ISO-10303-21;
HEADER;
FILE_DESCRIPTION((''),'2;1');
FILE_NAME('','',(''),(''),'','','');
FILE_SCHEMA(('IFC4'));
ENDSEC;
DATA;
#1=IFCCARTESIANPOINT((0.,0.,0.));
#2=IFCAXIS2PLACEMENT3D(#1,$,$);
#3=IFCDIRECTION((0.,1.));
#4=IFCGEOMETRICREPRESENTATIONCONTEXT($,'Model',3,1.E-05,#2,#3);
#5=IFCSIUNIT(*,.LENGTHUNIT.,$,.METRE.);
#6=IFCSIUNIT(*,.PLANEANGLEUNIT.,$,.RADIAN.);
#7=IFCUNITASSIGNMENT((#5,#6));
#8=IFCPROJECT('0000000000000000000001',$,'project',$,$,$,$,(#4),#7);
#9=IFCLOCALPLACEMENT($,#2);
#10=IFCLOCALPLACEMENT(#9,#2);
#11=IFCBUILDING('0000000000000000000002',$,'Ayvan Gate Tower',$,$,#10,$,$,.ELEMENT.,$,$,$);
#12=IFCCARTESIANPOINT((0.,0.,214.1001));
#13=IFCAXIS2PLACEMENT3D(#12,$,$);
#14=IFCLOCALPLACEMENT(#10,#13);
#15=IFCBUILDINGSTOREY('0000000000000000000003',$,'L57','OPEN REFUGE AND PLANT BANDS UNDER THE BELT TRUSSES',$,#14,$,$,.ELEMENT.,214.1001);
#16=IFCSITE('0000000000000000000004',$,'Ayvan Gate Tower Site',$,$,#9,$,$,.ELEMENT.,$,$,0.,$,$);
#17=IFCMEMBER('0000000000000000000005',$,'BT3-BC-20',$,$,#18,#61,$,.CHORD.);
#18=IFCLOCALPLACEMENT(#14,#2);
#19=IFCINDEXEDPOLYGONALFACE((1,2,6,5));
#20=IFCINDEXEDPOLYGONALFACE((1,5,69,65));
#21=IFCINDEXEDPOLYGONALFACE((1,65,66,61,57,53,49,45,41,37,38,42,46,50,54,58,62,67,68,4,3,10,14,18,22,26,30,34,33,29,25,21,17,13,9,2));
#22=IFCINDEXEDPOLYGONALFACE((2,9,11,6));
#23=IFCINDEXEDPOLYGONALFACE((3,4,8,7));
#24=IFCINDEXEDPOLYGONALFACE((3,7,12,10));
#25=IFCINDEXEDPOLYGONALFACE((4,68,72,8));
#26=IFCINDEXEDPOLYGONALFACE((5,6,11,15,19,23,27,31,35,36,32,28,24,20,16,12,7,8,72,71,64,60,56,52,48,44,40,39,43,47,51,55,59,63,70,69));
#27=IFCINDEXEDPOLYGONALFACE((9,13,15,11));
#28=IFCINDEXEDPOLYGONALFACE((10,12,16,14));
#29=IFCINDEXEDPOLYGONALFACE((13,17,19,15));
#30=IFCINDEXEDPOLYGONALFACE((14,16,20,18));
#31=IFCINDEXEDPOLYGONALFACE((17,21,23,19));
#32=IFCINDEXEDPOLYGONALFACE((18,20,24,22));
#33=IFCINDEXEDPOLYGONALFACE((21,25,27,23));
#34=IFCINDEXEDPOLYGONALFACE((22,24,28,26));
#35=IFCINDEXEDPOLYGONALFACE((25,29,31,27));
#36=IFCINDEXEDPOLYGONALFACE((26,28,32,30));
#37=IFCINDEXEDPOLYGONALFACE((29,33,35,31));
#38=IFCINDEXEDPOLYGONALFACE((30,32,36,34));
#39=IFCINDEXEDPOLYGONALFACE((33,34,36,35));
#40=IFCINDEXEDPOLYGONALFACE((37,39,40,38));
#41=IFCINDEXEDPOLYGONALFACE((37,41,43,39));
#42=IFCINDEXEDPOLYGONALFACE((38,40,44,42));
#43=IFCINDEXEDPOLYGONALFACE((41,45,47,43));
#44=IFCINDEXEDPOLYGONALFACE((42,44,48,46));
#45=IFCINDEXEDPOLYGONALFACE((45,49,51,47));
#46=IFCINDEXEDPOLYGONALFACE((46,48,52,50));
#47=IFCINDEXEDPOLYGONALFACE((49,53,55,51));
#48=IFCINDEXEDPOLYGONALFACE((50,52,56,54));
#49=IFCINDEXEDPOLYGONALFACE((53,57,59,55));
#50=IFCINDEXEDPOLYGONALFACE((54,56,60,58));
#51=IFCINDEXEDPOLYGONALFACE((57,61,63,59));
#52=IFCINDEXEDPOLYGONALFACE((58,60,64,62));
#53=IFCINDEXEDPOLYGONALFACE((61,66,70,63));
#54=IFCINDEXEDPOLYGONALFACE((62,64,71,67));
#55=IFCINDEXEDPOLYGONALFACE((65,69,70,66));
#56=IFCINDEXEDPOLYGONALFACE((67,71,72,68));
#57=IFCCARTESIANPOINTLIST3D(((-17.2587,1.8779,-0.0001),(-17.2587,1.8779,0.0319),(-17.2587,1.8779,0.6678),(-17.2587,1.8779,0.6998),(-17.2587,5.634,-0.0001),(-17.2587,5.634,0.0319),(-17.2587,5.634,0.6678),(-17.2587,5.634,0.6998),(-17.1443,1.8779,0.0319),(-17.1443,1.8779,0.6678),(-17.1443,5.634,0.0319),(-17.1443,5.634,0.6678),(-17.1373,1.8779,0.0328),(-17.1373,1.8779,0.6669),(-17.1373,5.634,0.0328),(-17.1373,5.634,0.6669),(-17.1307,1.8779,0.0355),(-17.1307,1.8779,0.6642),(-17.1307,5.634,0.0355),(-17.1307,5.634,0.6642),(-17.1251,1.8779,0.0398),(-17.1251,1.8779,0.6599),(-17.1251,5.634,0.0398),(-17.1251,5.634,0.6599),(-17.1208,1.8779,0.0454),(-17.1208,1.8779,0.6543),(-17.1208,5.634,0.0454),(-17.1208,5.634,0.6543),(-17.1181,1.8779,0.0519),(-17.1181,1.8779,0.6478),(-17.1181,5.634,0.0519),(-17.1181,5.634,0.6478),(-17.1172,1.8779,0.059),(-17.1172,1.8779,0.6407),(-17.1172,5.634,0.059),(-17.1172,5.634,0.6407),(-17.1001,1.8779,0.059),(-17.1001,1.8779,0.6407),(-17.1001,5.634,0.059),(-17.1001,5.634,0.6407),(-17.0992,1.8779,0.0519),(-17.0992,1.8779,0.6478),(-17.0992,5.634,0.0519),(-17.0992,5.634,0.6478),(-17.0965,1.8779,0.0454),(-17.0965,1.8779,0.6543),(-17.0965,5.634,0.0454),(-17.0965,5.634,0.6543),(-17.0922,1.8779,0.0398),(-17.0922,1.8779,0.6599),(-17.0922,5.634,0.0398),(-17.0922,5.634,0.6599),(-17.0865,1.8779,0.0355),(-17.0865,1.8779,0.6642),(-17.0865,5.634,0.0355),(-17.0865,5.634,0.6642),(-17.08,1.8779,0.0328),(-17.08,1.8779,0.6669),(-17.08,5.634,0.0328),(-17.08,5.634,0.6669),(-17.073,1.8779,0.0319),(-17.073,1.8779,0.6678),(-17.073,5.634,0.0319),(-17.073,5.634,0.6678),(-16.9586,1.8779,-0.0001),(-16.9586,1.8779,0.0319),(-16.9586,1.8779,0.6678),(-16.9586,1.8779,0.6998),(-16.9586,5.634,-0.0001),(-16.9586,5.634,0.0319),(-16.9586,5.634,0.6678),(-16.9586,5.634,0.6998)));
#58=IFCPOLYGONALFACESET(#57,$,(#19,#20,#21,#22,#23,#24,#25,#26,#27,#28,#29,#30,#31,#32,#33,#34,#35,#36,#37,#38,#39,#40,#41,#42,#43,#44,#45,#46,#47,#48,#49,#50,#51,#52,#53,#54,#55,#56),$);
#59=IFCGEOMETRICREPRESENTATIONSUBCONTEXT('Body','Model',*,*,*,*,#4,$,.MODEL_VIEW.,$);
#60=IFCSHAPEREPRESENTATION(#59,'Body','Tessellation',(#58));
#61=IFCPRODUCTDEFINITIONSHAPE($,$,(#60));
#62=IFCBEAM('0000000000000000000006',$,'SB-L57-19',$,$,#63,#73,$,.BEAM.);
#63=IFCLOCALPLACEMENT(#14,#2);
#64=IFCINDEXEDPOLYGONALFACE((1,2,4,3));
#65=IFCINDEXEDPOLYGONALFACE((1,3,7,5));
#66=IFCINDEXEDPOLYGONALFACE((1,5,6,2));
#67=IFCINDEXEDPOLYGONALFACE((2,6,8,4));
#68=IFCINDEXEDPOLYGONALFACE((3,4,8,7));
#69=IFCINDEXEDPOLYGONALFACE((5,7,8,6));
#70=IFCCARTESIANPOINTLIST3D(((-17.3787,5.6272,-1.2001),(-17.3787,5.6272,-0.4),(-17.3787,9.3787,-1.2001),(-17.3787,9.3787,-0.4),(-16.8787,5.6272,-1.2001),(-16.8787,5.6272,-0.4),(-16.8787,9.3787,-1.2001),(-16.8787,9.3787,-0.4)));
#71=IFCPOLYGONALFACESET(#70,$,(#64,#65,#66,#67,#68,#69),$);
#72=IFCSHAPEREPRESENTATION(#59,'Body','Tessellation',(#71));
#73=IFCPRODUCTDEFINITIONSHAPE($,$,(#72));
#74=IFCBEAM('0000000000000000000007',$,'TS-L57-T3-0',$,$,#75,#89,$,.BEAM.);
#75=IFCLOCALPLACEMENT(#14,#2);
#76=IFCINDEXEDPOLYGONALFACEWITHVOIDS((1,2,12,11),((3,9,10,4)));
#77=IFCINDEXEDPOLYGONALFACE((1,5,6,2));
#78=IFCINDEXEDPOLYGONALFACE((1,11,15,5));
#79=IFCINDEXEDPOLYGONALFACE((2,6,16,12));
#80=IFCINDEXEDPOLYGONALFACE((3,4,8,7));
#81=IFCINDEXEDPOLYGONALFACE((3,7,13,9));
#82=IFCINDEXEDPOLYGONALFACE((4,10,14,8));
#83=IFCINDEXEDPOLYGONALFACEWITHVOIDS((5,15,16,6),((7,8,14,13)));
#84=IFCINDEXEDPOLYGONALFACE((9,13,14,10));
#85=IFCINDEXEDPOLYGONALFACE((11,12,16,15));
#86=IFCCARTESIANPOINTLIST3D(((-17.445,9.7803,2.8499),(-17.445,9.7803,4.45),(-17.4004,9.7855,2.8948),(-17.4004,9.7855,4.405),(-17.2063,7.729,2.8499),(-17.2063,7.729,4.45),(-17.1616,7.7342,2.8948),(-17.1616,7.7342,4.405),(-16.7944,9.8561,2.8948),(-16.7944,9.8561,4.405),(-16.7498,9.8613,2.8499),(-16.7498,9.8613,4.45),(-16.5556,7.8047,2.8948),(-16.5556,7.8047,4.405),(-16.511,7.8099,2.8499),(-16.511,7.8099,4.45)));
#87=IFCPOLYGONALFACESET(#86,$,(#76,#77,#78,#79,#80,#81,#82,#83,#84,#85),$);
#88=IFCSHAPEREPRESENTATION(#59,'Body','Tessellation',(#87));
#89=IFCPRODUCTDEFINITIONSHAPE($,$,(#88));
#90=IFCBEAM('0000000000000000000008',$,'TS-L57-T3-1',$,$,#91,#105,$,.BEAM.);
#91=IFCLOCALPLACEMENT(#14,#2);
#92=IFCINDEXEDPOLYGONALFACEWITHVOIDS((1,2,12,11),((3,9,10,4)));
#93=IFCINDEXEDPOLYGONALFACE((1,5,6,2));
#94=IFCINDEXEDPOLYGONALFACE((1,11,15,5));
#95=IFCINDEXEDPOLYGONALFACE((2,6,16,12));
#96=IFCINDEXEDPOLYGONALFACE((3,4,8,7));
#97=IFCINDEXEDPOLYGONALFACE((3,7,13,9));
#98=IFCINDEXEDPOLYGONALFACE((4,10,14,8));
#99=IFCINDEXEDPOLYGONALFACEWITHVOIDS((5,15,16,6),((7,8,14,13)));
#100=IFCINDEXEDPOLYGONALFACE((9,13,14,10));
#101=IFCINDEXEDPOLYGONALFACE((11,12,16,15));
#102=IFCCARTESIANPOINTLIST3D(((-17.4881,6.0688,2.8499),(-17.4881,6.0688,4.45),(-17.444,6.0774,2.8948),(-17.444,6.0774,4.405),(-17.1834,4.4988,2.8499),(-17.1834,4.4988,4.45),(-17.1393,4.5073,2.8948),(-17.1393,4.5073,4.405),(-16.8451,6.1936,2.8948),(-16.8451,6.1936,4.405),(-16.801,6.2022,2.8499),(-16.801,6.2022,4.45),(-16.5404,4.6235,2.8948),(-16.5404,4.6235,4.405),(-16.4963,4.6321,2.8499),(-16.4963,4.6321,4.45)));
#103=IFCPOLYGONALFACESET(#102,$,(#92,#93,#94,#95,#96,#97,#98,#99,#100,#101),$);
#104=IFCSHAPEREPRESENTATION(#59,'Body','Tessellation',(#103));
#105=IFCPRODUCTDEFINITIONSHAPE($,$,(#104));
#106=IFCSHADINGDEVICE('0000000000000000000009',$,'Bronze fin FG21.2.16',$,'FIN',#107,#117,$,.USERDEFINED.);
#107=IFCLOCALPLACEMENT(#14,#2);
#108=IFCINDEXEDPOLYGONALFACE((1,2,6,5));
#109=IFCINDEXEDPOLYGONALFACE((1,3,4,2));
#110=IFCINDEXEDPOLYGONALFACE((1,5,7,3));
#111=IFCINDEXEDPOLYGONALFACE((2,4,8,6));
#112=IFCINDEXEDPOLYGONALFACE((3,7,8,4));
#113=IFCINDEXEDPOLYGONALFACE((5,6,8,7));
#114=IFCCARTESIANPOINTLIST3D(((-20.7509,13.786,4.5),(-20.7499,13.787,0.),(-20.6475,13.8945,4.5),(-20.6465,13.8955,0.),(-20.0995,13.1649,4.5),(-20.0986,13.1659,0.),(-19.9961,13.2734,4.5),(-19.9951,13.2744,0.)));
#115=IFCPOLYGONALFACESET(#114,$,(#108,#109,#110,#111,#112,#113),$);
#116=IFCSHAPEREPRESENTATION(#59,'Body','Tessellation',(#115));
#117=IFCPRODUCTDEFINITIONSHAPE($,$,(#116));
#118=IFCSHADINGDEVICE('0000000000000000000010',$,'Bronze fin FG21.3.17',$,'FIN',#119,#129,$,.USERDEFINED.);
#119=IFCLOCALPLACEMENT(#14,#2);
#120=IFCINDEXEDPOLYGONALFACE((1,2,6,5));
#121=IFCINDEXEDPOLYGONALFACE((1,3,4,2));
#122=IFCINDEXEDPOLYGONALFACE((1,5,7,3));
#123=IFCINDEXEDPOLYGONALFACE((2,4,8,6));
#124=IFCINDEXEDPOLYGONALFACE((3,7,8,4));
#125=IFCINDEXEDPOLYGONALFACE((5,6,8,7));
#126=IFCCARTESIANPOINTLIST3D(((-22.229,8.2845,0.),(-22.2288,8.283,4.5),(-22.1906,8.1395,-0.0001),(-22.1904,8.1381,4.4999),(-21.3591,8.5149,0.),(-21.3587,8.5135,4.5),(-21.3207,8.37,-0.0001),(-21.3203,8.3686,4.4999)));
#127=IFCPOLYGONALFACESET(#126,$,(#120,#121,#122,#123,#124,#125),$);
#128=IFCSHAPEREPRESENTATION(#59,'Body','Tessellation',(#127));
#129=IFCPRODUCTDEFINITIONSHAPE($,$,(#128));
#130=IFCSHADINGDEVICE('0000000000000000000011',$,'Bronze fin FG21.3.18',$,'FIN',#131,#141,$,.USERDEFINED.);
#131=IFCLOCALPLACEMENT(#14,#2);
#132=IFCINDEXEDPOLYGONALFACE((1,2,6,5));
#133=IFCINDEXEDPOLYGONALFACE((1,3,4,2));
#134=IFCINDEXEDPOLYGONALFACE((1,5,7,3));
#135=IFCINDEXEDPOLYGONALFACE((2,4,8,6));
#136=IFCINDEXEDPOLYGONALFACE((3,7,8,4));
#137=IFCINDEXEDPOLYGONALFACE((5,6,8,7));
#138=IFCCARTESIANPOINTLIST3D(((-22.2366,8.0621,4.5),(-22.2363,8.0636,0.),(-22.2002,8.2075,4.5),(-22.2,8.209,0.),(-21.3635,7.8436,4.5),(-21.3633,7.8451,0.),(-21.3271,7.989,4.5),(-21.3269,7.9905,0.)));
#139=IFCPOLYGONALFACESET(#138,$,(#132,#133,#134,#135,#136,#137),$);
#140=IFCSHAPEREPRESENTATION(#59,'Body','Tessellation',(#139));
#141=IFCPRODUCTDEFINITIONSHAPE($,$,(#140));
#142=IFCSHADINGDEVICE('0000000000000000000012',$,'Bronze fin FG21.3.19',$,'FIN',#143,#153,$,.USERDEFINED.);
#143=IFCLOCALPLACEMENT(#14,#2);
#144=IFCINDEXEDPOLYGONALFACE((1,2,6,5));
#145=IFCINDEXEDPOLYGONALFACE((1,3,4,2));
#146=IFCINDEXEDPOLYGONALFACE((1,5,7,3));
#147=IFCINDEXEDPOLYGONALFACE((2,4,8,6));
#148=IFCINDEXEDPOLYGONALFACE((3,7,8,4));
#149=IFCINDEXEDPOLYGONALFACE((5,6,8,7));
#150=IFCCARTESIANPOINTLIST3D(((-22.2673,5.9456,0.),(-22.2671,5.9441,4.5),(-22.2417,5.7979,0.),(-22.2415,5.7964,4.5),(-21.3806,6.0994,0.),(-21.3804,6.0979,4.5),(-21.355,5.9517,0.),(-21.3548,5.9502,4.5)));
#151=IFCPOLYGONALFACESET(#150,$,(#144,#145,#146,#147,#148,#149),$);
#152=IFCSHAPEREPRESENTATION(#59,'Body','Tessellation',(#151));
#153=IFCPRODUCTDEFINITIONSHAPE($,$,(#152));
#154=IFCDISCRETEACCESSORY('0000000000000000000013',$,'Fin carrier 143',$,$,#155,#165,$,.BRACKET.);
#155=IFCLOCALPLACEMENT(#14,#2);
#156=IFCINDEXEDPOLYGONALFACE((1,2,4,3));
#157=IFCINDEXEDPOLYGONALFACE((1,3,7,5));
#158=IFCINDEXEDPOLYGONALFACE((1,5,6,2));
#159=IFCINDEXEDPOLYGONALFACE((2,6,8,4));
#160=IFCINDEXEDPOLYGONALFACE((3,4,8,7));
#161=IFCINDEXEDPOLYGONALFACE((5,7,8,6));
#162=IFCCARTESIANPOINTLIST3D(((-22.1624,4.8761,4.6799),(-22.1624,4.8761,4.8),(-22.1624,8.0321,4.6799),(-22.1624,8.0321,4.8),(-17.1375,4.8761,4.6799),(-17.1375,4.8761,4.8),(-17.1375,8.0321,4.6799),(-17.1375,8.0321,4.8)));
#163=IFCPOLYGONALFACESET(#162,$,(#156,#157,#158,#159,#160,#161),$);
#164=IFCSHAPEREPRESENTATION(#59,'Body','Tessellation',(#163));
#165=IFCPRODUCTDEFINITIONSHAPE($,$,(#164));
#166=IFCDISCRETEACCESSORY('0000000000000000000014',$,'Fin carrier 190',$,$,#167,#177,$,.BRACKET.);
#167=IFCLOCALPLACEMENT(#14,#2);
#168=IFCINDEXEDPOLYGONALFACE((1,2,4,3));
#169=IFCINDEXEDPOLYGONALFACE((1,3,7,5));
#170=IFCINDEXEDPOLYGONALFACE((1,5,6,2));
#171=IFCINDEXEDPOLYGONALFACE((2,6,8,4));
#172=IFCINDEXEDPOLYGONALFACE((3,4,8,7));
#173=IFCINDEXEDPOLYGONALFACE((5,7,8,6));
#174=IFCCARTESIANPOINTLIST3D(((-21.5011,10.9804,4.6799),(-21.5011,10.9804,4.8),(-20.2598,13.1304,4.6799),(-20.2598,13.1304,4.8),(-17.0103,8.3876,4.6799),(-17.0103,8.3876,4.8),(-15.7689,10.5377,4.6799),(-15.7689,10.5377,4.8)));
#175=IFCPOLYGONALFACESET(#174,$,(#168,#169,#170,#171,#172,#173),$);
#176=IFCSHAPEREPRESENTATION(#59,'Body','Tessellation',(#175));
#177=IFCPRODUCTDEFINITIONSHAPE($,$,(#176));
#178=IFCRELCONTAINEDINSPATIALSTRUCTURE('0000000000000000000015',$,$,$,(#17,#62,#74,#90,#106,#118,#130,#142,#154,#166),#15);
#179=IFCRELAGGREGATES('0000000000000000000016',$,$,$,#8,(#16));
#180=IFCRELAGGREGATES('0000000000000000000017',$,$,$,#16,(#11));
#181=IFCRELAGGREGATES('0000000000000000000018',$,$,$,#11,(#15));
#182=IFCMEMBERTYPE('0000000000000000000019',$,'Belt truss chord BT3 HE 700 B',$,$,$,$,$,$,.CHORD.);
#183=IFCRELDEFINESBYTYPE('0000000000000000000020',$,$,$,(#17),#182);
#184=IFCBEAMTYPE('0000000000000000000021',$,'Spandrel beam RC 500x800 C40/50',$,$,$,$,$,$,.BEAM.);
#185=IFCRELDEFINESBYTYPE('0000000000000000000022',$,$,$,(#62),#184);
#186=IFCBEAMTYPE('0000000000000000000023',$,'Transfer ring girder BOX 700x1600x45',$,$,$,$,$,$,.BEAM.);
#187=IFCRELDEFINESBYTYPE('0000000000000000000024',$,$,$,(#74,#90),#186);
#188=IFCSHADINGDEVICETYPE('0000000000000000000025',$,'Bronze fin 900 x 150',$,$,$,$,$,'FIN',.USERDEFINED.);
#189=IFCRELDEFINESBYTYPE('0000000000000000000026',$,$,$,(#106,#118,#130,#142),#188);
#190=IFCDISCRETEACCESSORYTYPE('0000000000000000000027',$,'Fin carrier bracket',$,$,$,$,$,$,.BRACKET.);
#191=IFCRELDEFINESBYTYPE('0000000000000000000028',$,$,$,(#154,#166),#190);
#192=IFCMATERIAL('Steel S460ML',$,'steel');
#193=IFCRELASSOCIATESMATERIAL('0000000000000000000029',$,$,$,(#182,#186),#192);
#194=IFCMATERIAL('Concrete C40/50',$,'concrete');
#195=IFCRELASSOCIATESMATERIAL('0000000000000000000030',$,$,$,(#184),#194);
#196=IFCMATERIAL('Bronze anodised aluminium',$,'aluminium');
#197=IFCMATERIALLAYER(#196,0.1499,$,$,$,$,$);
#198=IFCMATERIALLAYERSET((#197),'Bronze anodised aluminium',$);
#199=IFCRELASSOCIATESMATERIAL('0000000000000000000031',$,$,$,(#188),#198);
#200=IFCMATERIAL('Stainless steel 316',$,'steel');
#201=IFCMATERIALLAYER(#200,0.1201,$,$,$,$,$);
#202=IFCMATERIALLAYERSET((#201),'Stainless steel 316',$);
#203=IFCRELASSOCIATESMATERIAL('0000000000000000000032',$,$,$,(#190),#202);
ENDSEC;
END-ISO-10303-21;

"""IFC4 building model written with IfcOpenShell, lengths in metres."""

from ifc_helpers import new_model, si_unit, direction, frame, origin, origin_2d, place, context, subcontext, project, spatial, polyline, rectangle, hollow_rectangle, i_section, outline, extrude, material, layer, layer_set, material_profile, profile_set, type_object, element, save


model = new_model("IFC4")

# Units and contexts
model_context = context("Model", 3, precision=1e-05, world=origin(), true_north=direction((0.0, 1.0)))
body_context = subcontext(model_context, "Body", "Model", "MODEL_VIEW")
ifc_project = project(units=[si_unit("LENGTHUNIT", "METRE"), si_unit("PLANEANGLEUNIT", "RADIAN")], contexts=[model_context])

# Site, building, storey
site_placement = place(None, origin())
site = spatial("IfcSite", under=ifc_project, at=site_placement, Name="Ayvan Gate Tower Site", CompositionType="ELEMENT", RefElevation=0.0)
building_placement = place(site_placement, origin())
building = spatial("IfcBuilding", under=site, at=building_placement, Name="Ayvan Gate Tower", CompositionType="ELEMENT")
storey_placement = place(building_placement, frame((0.0, 0.0, 214.1001)))
storey = spatial("IfcBuildingStorey", under=building, at=storey_placement, Name="L57", Description="OPEN REFUGE AND PLANT BANDS UNDER THE BELT TRUSSES", CompositionType="ELEMENT", Elevation=214.1001)

# Member
ifc_material_1 = material(Name="Steel S460ML", Category="steel")
ifc_material_profile_1 = material_profile(ifc_material_1, i_section(OverallWidth=0.3, OverallDepth=0.7, WebThickness=0.0171, FlangeThickness=0.032, FilletRadius=0.0271, at=origin_2d()), Name="HE 700 B")
ifc_profile_set_1 = profile_set([ifc_material_profile_1], Name="Steel S460ML")
member_type_1 = type_object("IfcMemberType", Name="Belt truss chord BT3 HE 700 B", PredefinedType="CHORD", material=ifc_profile_set_1)
for number, where, z_axis, x_axis, name in (
    (1, (-17.1086, 5.634, 0.3499), (0.0, -1.0, 0.0), (1.0, 0.0, 0.0), "BT3-BC-20"),
):
    element("IfcMember", number, at=place(storey_placement, frame(where, z_axis=z_axis, x_axis=x_axis)), inside=storey, type_object=member_type_1, Name=name, PredefinedType="CHORD", context=body_context, shape_type="SweptSolid", body=[
        extrude(i_section(OverallWidth=0.3, OverallDepth=0.7, WebThickness=0.0171, FlangeThickness=0.032, FilletRadius=0.0271, at=origin_2d()), origin(), (0.0, 0.0, 1.0), 3.7561),
    ])

# Beams
ifc_material_2 = material(Name="Concrete C40/50", Category="concrete")
ifc_material_profile_2 = material_profile(ifc_material_2, rectangle(XDim=0.5, YDim=0.8, at=origin_2d()), Name="RC 500x800")
ifc_profile_set_2 = profile_set([ifc_material_profile_2], Name="Concrete C40/50")
beam_type_1 = type_object("IfcBeamType", Name="Spandrel beam RC 500x800 C40/50", PredefinedType="BEAM", material=ifc_profile_set_2)
beam_1_placement = place(storey_placement, frame((-17.1287, 9.3787, -0.8), z_axis=(0.0, -1.0, 0.0), x_axis=(1.0, 0.0, 0.0)))
element("IfcBeam", 2, at=beam_1_placement, inside=storey, type_object=beam_type_1, Name="SB-L57-19", PredefinedType="BEAM", context=body_context, shape_type="SweptSolid", body=[
    extrude(rectangle(XDim=0.5, YDim=0.8, at=origin_2d()), origin(), (0.0, 0.0, 1.0), 3.7515),
])
ifc_material_profile_3 = material_profile(ifc_material_1, hollow_rectangle(XDim=0.7, YDim=1.6001, WallThickness=0.0449, at=origin_2d()), Name="BOX 700x1600x45")
ifc_profile_set_3 = profile_set([ifc_material_profile_3], Name="Steel S460ML")
beam_type_2 = type_object("IfcBeamType", Name="Transfer ring girder BOX 700x1600x45", PredefinedType="BEAM", material=ifc_profile_set_3)
beam_2_placement = place(storey_placement, frame((-17.0974, 9.8208, 3.6499), z_axis=(0.11562, -0.993293, 0.0), x_axis=(0.993293, 0.11562, 0.0)))
element("IfcBeam", 3, at=beam_2_placement, inside=storey, type_object=beam_type_2, Name="TS-L57-T3-0", PredefinedType="BEAM", context=body_context, shape_type="SweptSolid", body=[
    extrude(hollow_rectangle(XDim=0.7, YDim=1.6001, WallThickness=0.0449, at=origin_2d()), origin(), (0.0, 0.0, 1.0), 2.0652),
])
beam_3_placement = place(storey_placement, frame((-17.1445, 6.1355, 3.6499), z_axis=(0.190506, -0.981686, 0.0), x_axis=(0.981686, 0.190506, 0.0)))
element("IfcBeam", 4, at=beam_3_placement, inside=storey, type_object=beam_type_2, Name="TS-L57-T3-1", PredefinedType="BEAM", context=body_context, shape_type="SweptSolid", body=[
    extrude(hollow_rectangle(XDim=0.7, YDim=1.6001, WallThickness=0.0449, at=origin_2d()), origin(), (0.0, 0.0, 1.0), 1.5994),
])

# Shading devices
ifc_material_3 = material(Name="Bronze anodised aluminium", Category="aluminium")
ifc_layer_1 = layer(ifc_material_3, 0.1499)
ifc_layer_set_1 = layer_set([ifc_layer_1], Name="Bronze anodised aluminium")
shading_device_type = type_object("IfcShadingDeviceType", Name="Bronze fin 900 x 150", ElementType="FIN", PredefinedType="USERDEFINED", material=ifc_layer_set_1)
shading_device_1_placement = place(storey_placement, frame((-19.9951, 13.2744, 0.0), z_axis=(0.690089, 0.723725, 0.000307), x_axis=(-0.723725, 0.690089, 0.0)))
element("IfcShadingDevice", 5, at=shading_device_1_placement, inside=storey, type_object=shading_device_type, Name="Bronze fin FG21.2.16", ObjectType="FIN", PredefinedType="USERDEFINED", context=body_context, shape_type="SweptSolid", body=[
    extrude(outline(polyline([(0.0, 0.0), (0.9, 0.0), (0.9001, 4.5), (0.0, 4.5), (0.0, 0.0)])), origin(), (0.0, 0.0, -1.0), 0.1499),
])
shading_device_2_placement = place(storey_placement, frame((-21.3591, 8.5149, 0.0), z_axis=(-0.256075, 0.966657, 0.000336), x_axis=(-0.966657, -0.256075, 0.0)))
element("IfcShadingDevice", 6, at=shading_device_2_placement, inside=storey, type_object=shading_device_type, Name="Bronze fin FG21.3.17", ObjectType="FIN", PredefinedType="USERDEFINED", context=body_context, shape_type="SweptSolid", body=[
    extrude(outline(polyline([(0.0, 0.0), (0.8999, 0.0), (0.9, 4.5), (-0.0001, 4.5), (0.0, 0.0)])), origin(), (0.0, 0.0, -1.0), 0.1499),
])
shading_device_3_placement = place(storey_placement, frame((-21.3269, 7.9905, 0.0), z_axis=(0.242791, 0.970079, 0.000329), x_axis=(-0.970079, 0.242791, 0.0)))
element("IfcShadingDevice", 7, at=shading_device_3_placement, inside=storey, type_object=shading_device_type, Name="Bronze fin FG21.3.18", ObjectType="FIN", PredefinedType="USERDEFINED", context=body_context, shape_type="SweptSolid", body=[
    extrude(outline(polyline([(0.0, 0.0), (0.9, 0.0), (0.8999, 4.5), (-0.0001, 4.5), (0.0, 0.0)])), origin(), (0.0, 0.0, -1.0), 0.1499),
])
shading_device_4_placement = place(storey_placement, frame((-21.3806, 6.0994, 0.0), z_axis=(-0.170906, 0.985287, 0.00033), x_axis=(-0.985287, -0.170906, 0.0)))
element("IfcShadingDevice", 8, at=shading_device_4_placement, inside=storey, type_object=shading_device_type, Name="Bronze fin FG21.3.19", ObjectType="FIN", PredefinedType="USERDEFINED", context=body_context, shape_type="SweptSolid", body=[
    extrude(outline(polyline([(0.0, 0.0), (0.9, 0.0), (0.9, 4.5), (0.0, 4.5), (0.0, 0.0)])), origin(), (0.0, 0.0, -1.0), 0.1499),
])

# Discrete accessories
ifc_material_4 = material(Name="Stainless steel 316", Category="steel")
ifc_layer_2 = layer(ifc_material_4, 0.1201)
ifc_layer_set_2 = layer_set([ifc_layer_2], Name="Stainless steel 316")
discrete_accessory_type_1 = type_object("IfcDiscreteAccessoryType", Name="Fin carrier bracket", PredefinedType="BRACKET", material=ifc_layer_set_2)
discrete_accessory_1_placement = place(storey_placement, frame((-19.6499, 6.4541, 4.6799), z_axis=(0.0, 0.0, 1.0), x_axis=(0.0, -1.0, 0.0)))
element("IfcDiscreteAccessory", 9, at=discrete_accessory_1_placement, inside=storey, type_object=discrete_accessory_type_1, Name="Fin carrier 143", PredefinedType="BRACKET", context=body_context, shape_type="SweptSolid", body=[
    extrude(rectangle(XDim=3.156, YDim=5.0249, at=origin_2d()), origin(), (0.0, 0.0, 1.0), 0.1201),
])
discrete_accessory_2_placement = place(storey_placement, frame((-18.635, 10.759, 4.6799), z_axis=(0.0, 0.0, 1.0), x_axis=(-0.5, -0.866025, 0.0)))
element("IfcDiscreteAccessory", 10, at=discrete_accessory_2_placement, inside=storey, type_object=discrete_accessory_type_1, Name="Fin carrier 190", PredefinedType="BRACKET", context=body_context, shape_type="SweptSolid", body=[
    extrude(rectangle(XDim=2.4827, YDim=5.1855, at=origin_2d()), origin(), (0.0, 0.0, 1.0), 0.1201),
])

save(model, "model.ifc")
